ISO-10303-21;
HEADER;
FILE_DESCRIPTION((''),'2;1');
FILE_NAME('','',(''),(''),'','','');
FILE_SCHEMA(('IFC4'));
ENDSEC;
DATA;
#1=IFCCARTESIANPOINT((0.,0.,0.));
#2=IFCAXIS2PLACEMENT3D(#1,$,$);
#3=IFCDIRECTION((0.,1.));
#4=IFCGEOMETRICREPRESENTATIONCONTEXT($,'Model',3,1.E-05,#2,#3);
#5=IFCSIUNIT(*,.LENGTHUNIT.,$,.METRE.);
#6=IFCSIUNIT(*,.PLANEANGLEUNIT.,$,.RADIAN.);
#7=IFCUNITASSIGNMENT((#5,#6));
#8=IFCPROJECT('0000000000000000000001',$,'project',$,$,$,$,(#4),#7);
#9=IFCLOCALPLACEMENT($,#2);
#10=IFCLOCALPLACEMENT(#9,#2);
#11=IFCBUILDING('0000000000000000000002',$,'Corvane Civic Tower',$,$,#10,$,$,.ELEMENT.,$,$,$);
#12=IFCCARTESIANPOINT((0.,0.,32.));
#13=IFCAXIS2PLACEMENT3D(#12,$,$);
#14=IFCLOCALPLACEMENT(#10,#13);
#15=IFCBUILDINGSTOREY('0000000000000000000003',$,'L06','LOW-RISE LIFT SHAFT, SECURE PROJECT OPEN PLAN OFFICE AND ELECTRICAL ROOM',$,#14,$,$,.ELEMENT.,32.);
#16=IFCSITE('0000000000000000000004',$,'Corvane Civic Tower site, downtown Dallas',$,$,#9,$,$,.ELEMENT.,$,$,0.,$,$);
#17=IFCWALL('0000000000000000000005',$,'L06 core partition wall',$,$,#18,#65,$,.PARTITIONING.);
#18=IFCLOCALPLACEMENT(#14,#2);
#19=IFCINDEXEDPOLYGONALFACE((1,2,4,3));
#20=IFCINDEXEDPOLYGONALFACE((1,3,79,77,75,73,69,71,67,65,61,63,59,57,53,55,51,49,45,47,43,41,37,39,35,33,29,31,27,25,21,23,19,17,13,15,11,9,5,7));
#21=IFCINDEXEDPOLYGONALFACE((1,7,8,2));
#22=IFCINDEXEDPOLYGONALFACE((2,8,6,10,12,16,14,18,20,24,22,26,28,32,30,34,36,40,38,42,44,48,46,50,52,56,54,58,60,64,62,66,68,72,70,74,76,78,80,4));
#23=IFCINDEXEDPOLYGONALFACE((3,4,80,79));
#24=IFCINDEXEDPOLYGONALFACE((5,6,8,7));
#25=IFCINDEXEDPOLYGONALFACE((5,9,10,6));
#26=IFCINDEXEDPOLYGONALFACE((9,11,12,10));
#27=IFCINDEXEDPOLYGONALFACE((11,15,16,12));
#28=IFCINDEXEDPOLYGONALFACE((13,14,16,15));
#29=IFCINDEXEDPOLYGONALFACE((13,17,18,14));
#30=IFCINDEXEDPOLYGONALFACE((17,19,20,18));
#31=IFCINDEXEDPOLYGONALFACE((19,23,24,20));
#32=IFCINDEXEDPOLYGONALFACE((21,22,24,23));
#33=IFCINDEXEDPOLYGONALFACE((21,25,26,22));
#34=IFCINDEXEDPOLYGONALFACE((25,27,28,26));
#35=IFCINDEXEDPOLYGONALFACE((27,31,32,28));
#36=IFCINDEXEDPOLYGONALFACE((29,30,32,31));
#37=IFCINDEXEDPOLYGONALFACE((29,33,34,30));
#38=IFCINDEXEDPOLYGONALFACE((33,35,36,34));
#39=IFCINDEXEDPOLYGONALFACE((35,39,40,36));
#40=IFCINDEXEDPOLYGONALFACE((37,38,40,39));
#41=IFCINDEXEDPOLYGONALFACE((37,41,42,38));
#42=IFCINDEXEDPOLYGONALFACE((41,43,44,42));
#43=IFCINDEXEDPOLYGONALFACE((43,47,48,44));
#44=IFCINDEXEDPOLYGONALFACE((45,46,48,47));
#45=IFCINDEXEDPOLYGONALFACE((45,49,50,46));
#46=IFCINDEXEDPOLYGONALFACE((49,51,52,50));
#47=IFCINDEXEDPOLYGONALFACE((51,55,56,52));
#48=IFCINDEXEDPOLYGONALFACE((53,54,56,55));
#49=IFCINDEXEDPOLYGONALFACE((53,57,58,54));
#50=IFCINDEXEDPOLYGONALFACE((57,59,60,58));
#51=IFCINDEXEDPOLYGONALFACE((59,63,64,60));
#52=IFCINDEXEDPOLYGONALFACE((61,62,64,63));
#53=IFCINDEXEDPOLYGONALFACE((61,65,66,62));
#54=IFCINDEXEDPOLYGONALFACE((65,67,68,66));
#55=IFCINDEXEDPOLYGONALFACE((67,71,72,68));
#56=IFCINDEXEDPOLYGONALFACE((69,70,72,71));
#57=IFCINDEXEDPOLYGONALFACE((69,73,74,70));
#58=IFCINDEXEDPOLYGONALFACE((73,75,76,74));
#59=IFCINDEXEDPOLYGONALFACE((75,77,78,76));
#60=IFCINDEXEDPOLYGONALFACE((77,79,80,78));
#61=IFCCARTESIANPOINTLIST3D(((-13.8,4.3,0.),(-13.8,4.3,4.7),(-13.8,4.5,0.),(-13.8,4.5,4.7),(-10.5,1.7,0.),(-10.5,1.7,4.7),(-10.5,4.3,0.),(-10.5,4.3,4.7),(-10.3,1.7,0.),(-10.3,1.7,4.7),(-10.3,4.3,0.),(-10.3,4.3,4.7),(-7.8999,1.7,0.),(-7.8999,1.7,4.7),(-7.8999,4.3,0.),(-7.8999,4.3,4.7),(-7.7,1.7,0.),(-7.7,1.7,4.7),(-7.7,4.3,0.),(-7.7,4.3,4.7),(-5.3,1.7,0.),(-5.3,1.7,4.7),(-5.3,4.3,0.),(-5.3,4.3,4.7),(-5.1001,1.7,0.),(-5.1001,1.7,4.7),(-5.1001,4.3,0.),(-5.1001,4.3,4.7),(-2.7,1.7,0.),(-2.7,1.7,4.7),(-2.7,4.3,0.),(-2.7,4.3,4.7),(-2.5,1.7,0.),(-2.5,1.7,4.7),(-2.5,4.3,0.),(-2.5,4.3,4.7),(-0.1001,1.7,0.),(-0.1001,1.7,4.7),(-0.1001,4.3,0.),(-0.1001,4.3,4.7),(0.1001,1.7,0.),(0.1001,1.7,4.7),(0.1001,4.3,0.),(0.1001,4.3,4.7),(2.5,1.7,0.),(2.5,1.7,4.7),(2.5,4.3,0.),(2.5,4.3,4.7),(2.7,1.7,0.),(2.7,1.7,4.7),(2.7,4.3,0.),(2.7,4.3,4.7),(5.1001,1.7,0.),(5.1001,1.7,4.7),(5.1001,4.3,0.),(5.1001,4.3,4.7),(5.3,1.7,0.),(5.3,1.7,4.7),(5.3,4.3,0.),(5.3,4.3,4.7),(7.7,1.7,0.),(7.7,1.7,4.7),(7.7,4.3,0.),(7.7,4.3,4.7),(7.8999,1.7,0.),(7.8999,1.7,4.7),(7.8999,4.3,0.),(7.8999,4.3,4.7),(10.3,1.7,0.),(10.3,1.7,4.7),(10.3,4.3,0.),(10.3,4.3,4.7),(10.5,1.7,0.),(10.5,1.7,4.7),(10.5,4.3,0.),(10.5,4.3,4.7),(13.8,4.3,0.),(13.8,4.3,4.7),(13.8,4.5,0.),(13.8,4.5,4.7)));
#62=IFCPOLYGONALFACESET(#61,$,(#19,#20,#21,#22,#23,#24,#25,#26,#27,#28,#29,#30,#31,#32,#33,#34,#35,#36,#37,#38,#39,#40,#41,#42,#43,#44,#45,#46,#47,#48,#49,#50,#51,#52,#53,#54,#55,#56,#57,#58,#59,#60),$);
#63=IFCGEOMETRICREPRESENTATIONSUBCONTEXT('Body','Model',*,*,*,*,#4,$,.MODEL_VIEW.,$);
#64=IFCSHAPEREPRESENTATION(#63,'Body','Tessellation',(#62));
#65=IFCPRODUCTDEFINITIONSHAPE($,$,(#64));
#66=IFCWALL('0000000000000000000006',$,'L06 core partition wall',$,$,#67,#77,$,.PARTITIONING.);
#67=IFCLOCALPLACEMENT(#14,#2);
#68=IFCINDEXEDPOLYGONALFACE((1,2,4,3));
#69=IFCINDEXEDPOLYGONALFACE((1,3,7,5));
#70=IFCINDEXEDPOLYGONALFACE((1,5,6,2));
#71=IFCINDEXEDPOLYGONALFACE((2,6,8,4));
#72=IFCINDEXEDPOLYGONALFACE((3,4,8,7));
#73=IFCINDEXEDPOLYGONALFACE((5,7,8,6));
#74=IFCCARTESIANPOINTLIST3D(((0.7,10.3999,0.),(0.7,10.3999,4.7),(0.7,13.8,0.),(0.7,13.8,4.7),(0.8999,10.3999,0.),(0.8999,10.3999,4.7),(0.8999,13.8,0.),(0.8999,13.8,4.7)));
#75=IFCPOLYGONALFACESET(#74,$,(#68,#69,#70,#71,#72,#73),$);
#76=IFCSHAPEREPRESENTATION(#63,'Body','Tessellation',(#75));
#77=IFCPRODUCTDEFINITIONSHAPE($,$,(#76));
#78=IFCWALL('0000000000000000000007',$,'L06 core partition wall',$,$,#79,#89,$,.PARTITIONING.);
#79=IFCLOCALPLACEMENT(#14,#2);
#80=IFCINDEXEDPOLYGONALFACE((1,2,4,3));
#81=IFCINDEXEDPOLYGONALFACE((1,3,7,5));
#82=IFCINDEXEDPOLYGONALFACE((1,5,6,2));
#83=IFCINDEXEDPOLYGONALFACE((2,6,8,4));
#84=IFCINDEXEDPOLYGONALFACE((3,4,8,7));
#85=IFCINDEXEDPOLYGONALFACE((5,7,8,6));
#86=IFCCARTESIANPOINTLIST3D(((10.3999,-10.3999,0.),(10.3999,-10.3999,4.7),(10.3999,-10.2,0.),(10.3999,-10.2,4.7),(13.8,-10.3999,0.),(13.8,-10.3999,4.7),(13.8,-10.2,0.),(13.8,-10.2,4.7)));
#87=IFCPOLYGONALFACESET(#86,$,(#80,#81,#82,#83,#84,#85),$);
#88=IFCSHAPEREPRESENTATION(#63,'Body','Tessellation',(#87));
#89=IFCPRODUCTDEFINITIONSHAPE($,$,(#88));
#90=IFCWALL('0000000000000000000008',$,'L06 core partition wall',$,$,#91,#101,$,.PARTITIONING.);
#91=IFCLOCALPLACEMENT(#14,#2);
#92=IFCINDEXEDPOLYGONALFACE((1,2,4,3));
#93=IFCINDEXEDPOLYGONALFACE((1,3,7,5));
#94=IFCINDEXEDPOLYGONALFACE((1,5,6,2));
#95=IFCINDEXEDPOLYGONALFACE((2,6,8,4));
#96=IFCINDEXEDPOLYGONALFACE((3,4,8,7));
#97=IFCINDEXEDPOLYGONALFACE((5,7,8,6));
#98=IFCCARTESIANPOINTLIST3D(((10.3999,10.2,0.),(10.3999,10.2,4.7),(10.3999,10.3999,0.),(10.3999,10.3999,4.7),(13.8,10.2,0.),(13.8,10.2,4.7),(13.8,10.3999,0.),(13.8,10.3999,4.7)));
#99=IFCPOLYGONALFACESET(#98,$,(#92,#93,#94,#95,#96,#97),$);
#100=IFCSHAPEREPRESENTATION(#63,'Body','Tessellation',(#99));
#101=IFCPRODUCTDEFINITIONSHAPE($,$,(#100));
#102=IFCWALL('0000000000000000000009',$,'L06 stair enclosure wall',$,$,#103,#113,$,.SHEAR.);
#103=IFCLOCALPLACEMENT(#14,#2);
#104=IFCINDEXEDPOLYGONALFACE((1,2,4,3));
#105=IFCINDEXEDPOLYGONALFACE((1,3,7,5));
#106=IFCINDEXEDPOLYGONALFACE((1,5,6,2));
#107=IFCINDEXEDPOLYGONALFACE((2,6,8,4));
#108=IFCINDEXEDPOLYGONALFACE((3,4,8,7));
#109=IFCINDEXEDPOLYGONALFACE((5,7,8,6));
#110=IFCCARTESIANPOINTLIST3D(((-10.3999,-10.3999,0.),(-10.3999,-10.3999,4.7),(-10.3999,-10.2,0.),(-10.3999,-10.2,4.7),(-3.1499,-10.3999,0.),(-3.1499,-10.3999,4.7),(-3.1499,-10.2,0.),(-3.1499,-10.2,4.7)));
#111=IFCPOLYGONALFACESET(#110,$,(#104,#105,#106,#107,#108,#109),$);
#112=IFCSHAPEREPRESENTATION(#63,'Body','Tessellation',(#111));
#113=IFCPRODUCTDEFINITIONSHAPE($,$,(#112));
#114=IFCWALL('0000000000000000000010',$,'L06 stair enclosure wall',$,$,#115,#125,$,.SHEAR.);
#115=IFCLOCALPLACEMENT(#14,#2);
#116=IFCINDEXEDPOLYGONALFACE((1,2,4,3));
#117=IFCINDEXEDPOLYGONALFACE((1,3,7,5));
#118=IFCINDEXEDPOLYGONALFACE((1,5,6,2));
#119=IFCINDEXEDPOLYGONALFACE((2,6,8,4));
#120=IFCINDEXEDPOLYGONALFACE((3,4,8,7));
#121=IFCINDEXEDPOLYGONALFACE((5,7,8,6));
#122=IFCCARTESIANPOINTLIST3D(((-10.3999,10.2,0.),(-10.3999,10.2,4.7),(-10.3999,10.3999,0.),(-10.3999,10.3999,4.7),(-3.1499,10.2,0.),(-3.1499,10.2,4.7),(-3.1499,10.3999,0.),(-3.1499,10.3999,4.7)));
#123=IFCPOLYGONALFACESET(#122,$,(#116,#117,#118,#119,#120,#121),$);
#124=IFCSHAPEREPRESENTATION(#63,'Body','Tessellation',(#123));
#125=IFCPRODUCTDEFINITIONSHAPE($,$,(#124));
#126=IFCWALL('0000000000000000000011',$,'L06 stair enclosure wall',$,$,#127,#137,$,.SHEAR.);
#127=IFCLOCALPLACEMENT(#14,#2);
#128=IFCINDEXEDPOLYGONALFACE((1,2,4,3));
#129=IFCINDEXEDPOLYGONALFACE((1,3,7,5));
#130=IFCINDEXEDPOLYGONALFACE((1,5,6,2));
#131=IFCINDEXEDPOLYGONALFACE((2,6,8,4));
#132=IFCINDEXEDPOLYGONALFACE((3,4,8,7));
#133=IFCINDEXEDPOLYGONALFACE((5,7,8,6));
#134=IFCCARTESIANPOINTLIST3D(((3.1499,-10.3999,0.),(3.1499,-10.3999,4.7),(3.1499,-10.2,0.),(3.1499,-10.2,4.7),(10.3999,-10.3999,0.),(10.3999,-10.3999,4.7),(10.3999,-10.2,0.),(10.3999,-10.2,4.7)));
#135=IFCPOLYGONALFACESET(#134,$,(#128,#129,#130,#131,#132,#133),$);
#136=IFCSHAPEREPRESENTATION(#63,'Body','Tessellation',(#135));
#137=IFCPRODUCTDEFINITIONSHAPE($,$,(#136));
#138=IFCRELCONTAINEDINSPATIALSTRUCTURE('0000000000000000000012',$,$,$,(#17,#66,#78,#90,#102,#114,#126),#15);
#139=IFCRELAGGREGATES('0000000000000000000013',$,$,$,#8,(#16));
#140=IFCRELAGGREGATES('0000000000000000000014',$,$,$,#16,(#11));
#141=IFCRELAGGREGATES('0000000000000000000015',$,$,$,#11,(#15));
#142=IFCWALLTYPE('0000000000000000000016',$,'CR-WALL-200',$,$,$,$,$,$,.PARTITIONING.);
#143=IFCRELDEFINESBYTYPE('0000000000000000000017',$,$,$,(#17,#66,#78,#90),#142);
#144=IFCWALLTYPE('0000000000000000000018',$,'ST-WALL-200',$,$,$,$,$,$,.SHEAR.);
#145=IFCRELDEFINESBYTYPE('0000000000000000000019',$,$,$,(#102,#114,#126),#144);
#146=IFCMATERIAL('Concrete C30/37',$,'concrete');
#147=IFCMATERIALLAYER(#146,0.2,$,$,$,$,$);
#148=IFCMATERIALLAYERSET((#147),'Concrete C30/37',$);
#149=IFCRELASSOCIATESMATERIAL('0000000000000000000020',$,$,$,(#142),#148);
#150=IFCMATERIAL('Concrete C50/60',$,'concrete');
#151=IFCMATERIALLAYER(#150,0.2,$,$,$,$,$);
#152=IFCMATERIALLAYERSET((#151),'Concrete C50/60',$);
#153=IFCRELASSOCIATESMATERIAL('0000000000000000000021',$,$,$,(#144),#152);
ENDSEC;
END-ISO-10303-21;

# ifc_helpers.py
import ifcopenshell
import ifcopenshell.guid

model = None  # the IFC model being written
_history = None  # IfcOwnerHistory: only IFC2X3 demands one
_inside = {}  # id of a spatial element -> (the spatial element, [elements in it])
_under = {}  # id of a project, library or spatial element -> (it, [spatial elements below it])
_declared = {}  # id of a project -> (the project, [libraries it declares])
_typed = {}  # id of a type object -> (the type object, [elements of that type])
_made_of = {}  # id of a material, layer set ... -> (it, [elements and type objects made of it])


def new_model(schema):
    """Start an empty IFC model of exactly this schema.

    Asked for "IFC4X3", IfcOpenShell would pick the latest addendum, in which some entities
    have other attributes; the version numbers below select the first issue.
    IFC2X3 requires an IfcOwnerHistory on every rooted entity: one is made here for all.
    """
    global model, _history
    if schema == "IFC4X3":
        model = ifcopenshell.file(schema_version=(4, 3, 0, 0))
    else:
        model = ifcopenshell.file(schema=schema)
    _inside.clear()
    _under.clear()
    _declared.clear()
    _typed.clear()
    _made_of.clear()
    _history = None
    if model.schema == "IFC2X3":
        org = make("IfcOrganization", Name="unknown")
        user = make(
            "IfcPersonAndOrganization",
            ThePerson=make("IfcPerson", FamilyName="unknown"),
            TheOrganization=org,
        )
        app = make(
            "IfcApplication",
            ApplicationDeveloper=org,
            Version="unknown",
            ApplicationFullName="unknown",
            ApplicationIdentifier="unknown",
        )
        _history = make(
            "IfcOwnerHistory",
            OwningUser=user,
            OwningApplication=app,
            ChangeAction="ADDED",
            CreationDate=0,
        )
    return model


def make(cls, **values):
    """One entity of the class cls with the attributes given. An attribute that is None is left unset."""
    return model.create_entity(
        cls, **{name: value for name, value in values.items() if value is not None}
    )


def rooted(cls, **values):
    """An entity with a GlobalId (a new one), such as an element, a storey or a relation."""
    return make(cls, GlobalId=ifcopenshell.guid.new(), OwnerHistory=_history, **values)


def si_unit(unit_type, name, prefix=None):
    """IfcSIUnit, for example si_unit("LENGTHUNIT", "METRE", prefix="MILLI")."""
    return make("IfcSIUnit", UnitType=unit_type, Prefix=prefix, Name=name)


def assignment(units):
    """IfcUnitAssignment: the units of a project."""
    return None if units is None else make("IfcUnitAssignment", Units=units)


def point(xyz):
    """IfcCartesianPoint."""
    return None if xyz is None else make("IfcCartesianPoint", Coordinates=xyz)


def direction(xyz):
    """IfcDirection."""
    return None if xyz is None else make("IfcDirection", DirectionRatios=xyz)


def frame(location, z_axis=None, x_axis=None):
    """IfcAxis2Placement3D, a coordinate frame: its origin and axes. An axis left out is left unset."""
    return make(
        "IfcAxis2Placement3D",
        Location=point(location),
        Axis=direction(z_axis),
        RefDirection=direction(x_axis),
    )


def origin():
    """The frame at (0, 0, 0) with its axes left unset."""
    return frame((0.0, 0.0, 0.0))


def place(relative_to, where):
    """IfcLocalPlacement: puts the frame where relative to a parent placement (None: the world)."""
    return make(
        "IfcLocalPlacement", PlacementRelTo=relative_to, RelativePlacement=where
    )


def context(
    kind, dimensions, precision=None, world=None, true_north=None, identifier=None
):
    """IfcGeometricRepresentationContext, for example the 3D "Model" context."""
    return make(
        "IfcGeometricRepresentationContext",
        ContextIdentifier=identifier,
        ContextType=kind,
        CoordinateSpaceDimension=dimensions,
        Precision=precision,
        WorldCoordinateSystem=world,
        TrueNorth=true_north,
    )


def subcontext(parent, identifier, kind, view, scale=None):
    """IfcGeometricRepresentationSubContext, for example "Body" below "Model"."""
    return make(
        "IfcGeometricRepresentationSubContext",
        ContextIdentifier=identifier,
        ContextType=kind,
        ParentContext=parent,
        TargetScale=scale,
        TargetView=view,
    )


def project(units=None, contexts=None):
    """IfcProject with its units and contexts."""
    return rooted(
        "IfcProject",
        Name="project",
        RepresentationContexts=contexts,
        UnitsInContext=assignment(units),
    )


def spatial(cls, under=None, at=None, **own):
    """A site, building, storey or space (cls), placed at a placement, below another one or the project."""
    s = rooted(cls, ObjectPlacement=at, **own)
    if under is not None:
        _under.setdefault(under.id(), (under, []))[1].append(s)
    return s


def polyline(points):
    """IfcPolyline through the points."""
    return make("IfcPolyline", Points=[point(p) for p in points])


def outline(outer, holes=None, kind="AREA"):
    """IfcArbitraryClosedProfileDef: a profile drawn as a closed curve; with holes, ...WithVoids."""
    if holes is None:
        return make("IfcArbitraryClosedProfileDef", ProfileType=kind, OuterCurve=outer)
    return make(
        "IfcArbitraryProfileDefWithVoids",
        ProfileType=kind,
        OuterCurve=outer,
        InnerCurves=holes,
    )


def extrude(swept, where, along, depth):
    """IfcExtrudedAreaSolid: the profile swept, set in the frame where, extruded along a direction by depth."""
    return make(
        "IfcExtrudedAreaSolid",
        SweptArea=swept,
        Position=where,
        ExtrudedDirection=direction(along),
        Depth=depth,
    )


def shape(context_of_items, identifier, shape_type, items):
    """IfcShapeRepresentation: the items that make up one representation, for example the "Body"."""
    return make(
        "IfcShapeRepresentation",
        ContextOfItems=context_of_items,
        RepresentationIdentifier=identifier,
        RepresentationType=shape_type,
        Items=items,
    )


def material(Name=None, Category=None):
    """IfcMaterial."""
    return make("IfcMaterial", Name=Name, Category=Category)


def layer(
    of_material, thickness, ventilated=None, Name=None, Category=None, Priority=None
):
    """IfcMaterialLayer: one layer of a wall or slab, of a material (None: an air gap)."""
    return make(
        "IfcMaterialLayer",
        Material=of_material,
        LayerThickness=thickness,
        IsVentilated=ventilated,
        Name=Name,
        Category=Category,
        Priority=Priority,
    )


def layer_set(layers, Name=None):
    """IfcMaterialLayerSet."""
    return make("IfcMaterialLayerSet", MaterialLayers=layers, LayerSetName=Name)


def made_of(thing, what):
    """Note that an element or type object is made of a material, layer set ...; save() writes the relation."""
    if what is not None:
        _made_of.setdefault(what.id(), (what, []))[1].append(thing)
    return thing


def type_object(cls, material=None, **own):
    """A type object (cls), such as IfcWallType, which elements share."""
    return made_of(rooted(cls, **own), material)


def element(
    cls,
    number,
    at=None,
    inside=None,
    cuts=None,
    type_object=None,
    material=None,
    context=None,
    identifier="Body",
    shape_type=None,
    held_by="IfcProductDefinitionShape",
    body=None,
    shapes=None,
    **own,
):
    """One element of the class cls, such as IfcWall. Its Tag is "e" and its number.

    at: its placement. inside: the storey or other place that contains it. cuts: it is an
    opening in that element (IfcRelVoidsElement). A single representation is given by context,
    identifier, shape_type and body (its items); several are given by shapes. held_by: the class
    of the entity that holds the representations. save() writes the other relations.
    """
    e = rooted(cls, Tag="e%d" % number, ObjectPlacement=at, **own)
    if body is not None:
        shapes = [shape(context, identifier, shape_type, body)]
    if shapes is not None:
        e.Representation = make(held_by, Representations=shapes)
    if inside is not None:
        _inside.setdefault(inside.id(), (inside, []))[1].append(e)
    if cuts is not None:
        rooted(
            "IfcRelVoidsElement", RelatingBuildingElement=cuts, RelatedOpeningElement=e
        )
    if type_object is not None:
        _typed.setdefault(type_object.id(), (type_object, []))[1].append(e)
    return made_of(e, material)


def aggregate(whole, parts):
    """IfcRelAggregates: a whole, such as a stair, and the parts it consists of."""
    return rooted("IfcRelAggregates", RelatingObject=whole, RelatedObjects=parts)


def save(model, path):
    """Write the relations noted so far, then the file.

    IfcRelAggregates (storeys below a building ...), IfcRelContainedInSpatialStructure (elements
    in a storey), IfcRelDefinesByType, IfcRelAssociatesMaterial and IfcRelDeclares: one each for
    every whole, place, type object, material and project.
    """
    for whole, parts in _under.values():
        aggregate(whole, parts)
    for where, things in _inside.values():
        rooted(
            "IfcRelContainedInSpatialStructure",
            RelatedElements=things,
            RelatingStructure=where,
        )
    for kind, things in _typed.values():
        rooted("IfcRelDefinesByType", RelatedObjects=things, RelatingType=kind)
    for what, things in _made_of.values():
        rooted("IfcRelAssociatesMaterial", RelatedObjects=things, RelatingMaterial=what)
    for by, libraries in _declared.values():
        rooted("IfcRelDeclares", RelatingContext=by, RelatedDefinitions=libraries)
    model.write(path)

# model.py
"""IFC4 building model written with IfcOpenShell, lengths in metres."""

from ifc_helpers import new_model, si_unit, direction, frame, origin, place, context, subcontext, project, spatial, polyline, outline, extrude, material, layer, layer_set, type_object, element, save


model = new_model("IFC4")

# Units and contexts
model_context = context("Model", 3, precision=1e-05, world=origin(), true_north=direction((0.0, 1.0)))
body_context = subcontext(model_context, "Body", "Model", "MODEL_VIEW")
ifc_project = project(units=[si_unit("LENGTHUNIT", "METRE"), si_unit("PLANEANGLEUNIT", "RADIAN")], contexts=[model_context])

# Site, building, storey
site_placement = place(None, origin())
site = spatial("IfcSite", under=ifc_project, at=site_placement, Name="Corvane Civic Tower site, downtown Dallas", CompositionType="ELEMENT", RefElevation=0.0)
building_placement = place(site_placement, origin())
building = spatial("IfcBuilding", under=site, at=building_placement, Name="Corvane Civic Tower", CompositionType="ELEMENT")
storey_placement = place(building_placement, frame((0.0, 0.0, 32.0)))
storey = spatial("IfcBuildingStorey", under=building, at=storey_placement, Name="L06", Description="LOW-RISE LIFT SHAFT, SECURE PROJECT OPEN PLAN OFFICE AND ELECTRICAL ROOM", CompositionType="ELEMENT", Elevation=32.0)

# Walls
ifc_material_1 = material(Name="Concrete C30/37", Category="concrete")
ifc_layer_1 = layer(ifc_material_1, 0.2)
ifc_layer_set_1 = layer_set([ifc_layer_1], Name="Concrete C30/37")
wall_type_1 = type_object("IfcWallType", Name="CR-WALL-200", PredefinedType="PARTITIONING", material=ifc_layer_set_1)
wall_1_placement = place(storey_placement, origin())
element("IfcWall", 1, at=wall_1_placement, inside=storey, type_object=wall_type_1, Name="L06 core partition wall", PredefinedType="PARTITIONING", context=body_context, shape_type="SweptSolid", body=[
    extrude(outline(polyline([(-10.3, 1.7), (-10.5, 1.7), (-10.5, 4.3), (-13.8, 4.3), (-13.8, 4.5), (13.8, 4.5), (13.8, 4.3), (10.5, 4.3), (10.5, 1.7), (10.3, 1.7), (10.3, 4.3), (7.8999, 4.3), (7.8999, 1.7), (7.7, 1.7), (7.7, 4.3), (5.3, 4.3), (5.3, 1.7), (5.1001, 1.7), (5.1001, 4.3), (2.7, 4.3), (2.7, 1.7), (2.5, 1.7), (2.5, 4.3), (0.1001, 4.3), (0.1001, 1.7), (-0.1001, 1.7), (-0.1001, 4.3), (-2.5, 4.3), (-2.5, 1.7), (-2.7, 1.7), (-2.7, 4.3), (-5.1001, 4.3), (-5.1001, 1.7), (-5.3, 1.7), (-5.3, 4.3), (-7.7, 4.3), (-7.7, 1.7), (-7.8999, 1.7), (-7.8999, 4.3), (-10.3, 4.3), (-10.3, 1.7)])), origin(), (0.0, 0.0, 1.0), 4.7),
])
wall_2_placement = place(storey_placement, origin())
element("IfcWall", 2, at=wall_2_placement, inside=storey, type_object=wall_type_1, Name="L06 core partition wall", PredefinedType="PARTITIONING", context=body_context, shape_type="SweptSolid", body=[
    extrude(outline(polyline([(0.8999, 13.8), (0.8999, 10.3999), (0.7, 10.3999), (0.7, 13.8), (0.8999, 13.8)])), origin(), (0.0, 0.0, 1.0), 4.7),
])
wall_3_placement = place(storey_placement, origin())
element("IfcWall", 3, at=wall_3_placement, inside=storey, type_object=wall_type_1, Name="L06 core partition wall", PredefinedType="PARTITIONING", context=body_context, shape_type="SweptSolid", body=[
    extrude(outline(polyline([(13.8, -10.3999), (10.3999, -10.3999), (10.3999, -10.2), (13.8, -10.2), (13.8, -10.3999)])), origin(), (0.0, 0.0, 1.0), 4.7),
])
wall_4_placement = place(storey_placement, origin())
element("IfcWall", 4, at=wall_4_placement, inside=storey, type_object=wall_type_1, Name="L06 core partition wall", PredefinedType="PARTITIONING", context=body_context, shape_type="SweptSolid", body=[
    extrude(outline(polyline([(10.3999, 10.2), (10.3999, 10.3999), (13.8, 10.3999), (13.8, 10.2), (10.3999, 10.2)])), origin(), (0.0, 0.0, 1.0), 4.7),
])
ifc_material_2 = material(Name="Concrete C50/60", Category="concrete")
ifc_layer_2 = layer(ifc_material_2, 0.2)
ifc_layer_set_2 = layer_set([ifc_layer_2], Name="Concrete C50/60")
wall_type_2 = type_object("IfcWallType", Name="ST-WALL-200", PredefinedType="SHEAR", material=ifc_layer_set_2)
wall_5_placement = place(storey_placement, origin())
element("IfcWall", 5, at=wall_5_placement, inside=storey, type_object=wall_type_2, Name="L06 stair enclosure wall", PredefinedType="SHEAR", context=body_context, shape_type="SweptSolid", body=[
    extrude(outline(polyline([(-3.1499, -10.2), (-3.1499, -10.3999), (-10.3999, -10.3999), (-10.3999, -10.2), (-3.1499, -10.2)])), origin(), (0.0, 0.0, 1.0), 4.7),
])
wall_6_placement = place(storey_placement, origin())
element("IfcWall", 6, at=wall_6_placement, inside=storey, type_object=wall_type_2, Name="L06 stair enclosure wall", PredefinedType="SHEAR", context=body_context, shape_type="SweptSolid", body=[
    extrude(outline(polyline([(-3.1499, 10.2), (-10.3999, 10.2), (-10.3999, 10.3999), (-3.1499, 10.3999), (-3.1499, 10.2)])), origin(), (0.0, 0.0, 1.0), 4.7),
])
wall_7_placement = place(storey_placement, origin())
element("IfcWall", 7, at=wall_7_placement, inside=storey, type_object=wall_type_2, Name="L06 stair enclosure wall", PredefinedType="SHEAR", context=body_context, shape_type="SweptSolid", body=[
    extrude(outline(polyline([(10.3999, -10.3999), (3.1499, -10.3999), (3.1499, -10.2), (10.3999, -10.2), (10.3999, -10.3999)])), origin(), (0.0, 0.0, 1.0), 4.7),
])

save(model, "model.ifc")
